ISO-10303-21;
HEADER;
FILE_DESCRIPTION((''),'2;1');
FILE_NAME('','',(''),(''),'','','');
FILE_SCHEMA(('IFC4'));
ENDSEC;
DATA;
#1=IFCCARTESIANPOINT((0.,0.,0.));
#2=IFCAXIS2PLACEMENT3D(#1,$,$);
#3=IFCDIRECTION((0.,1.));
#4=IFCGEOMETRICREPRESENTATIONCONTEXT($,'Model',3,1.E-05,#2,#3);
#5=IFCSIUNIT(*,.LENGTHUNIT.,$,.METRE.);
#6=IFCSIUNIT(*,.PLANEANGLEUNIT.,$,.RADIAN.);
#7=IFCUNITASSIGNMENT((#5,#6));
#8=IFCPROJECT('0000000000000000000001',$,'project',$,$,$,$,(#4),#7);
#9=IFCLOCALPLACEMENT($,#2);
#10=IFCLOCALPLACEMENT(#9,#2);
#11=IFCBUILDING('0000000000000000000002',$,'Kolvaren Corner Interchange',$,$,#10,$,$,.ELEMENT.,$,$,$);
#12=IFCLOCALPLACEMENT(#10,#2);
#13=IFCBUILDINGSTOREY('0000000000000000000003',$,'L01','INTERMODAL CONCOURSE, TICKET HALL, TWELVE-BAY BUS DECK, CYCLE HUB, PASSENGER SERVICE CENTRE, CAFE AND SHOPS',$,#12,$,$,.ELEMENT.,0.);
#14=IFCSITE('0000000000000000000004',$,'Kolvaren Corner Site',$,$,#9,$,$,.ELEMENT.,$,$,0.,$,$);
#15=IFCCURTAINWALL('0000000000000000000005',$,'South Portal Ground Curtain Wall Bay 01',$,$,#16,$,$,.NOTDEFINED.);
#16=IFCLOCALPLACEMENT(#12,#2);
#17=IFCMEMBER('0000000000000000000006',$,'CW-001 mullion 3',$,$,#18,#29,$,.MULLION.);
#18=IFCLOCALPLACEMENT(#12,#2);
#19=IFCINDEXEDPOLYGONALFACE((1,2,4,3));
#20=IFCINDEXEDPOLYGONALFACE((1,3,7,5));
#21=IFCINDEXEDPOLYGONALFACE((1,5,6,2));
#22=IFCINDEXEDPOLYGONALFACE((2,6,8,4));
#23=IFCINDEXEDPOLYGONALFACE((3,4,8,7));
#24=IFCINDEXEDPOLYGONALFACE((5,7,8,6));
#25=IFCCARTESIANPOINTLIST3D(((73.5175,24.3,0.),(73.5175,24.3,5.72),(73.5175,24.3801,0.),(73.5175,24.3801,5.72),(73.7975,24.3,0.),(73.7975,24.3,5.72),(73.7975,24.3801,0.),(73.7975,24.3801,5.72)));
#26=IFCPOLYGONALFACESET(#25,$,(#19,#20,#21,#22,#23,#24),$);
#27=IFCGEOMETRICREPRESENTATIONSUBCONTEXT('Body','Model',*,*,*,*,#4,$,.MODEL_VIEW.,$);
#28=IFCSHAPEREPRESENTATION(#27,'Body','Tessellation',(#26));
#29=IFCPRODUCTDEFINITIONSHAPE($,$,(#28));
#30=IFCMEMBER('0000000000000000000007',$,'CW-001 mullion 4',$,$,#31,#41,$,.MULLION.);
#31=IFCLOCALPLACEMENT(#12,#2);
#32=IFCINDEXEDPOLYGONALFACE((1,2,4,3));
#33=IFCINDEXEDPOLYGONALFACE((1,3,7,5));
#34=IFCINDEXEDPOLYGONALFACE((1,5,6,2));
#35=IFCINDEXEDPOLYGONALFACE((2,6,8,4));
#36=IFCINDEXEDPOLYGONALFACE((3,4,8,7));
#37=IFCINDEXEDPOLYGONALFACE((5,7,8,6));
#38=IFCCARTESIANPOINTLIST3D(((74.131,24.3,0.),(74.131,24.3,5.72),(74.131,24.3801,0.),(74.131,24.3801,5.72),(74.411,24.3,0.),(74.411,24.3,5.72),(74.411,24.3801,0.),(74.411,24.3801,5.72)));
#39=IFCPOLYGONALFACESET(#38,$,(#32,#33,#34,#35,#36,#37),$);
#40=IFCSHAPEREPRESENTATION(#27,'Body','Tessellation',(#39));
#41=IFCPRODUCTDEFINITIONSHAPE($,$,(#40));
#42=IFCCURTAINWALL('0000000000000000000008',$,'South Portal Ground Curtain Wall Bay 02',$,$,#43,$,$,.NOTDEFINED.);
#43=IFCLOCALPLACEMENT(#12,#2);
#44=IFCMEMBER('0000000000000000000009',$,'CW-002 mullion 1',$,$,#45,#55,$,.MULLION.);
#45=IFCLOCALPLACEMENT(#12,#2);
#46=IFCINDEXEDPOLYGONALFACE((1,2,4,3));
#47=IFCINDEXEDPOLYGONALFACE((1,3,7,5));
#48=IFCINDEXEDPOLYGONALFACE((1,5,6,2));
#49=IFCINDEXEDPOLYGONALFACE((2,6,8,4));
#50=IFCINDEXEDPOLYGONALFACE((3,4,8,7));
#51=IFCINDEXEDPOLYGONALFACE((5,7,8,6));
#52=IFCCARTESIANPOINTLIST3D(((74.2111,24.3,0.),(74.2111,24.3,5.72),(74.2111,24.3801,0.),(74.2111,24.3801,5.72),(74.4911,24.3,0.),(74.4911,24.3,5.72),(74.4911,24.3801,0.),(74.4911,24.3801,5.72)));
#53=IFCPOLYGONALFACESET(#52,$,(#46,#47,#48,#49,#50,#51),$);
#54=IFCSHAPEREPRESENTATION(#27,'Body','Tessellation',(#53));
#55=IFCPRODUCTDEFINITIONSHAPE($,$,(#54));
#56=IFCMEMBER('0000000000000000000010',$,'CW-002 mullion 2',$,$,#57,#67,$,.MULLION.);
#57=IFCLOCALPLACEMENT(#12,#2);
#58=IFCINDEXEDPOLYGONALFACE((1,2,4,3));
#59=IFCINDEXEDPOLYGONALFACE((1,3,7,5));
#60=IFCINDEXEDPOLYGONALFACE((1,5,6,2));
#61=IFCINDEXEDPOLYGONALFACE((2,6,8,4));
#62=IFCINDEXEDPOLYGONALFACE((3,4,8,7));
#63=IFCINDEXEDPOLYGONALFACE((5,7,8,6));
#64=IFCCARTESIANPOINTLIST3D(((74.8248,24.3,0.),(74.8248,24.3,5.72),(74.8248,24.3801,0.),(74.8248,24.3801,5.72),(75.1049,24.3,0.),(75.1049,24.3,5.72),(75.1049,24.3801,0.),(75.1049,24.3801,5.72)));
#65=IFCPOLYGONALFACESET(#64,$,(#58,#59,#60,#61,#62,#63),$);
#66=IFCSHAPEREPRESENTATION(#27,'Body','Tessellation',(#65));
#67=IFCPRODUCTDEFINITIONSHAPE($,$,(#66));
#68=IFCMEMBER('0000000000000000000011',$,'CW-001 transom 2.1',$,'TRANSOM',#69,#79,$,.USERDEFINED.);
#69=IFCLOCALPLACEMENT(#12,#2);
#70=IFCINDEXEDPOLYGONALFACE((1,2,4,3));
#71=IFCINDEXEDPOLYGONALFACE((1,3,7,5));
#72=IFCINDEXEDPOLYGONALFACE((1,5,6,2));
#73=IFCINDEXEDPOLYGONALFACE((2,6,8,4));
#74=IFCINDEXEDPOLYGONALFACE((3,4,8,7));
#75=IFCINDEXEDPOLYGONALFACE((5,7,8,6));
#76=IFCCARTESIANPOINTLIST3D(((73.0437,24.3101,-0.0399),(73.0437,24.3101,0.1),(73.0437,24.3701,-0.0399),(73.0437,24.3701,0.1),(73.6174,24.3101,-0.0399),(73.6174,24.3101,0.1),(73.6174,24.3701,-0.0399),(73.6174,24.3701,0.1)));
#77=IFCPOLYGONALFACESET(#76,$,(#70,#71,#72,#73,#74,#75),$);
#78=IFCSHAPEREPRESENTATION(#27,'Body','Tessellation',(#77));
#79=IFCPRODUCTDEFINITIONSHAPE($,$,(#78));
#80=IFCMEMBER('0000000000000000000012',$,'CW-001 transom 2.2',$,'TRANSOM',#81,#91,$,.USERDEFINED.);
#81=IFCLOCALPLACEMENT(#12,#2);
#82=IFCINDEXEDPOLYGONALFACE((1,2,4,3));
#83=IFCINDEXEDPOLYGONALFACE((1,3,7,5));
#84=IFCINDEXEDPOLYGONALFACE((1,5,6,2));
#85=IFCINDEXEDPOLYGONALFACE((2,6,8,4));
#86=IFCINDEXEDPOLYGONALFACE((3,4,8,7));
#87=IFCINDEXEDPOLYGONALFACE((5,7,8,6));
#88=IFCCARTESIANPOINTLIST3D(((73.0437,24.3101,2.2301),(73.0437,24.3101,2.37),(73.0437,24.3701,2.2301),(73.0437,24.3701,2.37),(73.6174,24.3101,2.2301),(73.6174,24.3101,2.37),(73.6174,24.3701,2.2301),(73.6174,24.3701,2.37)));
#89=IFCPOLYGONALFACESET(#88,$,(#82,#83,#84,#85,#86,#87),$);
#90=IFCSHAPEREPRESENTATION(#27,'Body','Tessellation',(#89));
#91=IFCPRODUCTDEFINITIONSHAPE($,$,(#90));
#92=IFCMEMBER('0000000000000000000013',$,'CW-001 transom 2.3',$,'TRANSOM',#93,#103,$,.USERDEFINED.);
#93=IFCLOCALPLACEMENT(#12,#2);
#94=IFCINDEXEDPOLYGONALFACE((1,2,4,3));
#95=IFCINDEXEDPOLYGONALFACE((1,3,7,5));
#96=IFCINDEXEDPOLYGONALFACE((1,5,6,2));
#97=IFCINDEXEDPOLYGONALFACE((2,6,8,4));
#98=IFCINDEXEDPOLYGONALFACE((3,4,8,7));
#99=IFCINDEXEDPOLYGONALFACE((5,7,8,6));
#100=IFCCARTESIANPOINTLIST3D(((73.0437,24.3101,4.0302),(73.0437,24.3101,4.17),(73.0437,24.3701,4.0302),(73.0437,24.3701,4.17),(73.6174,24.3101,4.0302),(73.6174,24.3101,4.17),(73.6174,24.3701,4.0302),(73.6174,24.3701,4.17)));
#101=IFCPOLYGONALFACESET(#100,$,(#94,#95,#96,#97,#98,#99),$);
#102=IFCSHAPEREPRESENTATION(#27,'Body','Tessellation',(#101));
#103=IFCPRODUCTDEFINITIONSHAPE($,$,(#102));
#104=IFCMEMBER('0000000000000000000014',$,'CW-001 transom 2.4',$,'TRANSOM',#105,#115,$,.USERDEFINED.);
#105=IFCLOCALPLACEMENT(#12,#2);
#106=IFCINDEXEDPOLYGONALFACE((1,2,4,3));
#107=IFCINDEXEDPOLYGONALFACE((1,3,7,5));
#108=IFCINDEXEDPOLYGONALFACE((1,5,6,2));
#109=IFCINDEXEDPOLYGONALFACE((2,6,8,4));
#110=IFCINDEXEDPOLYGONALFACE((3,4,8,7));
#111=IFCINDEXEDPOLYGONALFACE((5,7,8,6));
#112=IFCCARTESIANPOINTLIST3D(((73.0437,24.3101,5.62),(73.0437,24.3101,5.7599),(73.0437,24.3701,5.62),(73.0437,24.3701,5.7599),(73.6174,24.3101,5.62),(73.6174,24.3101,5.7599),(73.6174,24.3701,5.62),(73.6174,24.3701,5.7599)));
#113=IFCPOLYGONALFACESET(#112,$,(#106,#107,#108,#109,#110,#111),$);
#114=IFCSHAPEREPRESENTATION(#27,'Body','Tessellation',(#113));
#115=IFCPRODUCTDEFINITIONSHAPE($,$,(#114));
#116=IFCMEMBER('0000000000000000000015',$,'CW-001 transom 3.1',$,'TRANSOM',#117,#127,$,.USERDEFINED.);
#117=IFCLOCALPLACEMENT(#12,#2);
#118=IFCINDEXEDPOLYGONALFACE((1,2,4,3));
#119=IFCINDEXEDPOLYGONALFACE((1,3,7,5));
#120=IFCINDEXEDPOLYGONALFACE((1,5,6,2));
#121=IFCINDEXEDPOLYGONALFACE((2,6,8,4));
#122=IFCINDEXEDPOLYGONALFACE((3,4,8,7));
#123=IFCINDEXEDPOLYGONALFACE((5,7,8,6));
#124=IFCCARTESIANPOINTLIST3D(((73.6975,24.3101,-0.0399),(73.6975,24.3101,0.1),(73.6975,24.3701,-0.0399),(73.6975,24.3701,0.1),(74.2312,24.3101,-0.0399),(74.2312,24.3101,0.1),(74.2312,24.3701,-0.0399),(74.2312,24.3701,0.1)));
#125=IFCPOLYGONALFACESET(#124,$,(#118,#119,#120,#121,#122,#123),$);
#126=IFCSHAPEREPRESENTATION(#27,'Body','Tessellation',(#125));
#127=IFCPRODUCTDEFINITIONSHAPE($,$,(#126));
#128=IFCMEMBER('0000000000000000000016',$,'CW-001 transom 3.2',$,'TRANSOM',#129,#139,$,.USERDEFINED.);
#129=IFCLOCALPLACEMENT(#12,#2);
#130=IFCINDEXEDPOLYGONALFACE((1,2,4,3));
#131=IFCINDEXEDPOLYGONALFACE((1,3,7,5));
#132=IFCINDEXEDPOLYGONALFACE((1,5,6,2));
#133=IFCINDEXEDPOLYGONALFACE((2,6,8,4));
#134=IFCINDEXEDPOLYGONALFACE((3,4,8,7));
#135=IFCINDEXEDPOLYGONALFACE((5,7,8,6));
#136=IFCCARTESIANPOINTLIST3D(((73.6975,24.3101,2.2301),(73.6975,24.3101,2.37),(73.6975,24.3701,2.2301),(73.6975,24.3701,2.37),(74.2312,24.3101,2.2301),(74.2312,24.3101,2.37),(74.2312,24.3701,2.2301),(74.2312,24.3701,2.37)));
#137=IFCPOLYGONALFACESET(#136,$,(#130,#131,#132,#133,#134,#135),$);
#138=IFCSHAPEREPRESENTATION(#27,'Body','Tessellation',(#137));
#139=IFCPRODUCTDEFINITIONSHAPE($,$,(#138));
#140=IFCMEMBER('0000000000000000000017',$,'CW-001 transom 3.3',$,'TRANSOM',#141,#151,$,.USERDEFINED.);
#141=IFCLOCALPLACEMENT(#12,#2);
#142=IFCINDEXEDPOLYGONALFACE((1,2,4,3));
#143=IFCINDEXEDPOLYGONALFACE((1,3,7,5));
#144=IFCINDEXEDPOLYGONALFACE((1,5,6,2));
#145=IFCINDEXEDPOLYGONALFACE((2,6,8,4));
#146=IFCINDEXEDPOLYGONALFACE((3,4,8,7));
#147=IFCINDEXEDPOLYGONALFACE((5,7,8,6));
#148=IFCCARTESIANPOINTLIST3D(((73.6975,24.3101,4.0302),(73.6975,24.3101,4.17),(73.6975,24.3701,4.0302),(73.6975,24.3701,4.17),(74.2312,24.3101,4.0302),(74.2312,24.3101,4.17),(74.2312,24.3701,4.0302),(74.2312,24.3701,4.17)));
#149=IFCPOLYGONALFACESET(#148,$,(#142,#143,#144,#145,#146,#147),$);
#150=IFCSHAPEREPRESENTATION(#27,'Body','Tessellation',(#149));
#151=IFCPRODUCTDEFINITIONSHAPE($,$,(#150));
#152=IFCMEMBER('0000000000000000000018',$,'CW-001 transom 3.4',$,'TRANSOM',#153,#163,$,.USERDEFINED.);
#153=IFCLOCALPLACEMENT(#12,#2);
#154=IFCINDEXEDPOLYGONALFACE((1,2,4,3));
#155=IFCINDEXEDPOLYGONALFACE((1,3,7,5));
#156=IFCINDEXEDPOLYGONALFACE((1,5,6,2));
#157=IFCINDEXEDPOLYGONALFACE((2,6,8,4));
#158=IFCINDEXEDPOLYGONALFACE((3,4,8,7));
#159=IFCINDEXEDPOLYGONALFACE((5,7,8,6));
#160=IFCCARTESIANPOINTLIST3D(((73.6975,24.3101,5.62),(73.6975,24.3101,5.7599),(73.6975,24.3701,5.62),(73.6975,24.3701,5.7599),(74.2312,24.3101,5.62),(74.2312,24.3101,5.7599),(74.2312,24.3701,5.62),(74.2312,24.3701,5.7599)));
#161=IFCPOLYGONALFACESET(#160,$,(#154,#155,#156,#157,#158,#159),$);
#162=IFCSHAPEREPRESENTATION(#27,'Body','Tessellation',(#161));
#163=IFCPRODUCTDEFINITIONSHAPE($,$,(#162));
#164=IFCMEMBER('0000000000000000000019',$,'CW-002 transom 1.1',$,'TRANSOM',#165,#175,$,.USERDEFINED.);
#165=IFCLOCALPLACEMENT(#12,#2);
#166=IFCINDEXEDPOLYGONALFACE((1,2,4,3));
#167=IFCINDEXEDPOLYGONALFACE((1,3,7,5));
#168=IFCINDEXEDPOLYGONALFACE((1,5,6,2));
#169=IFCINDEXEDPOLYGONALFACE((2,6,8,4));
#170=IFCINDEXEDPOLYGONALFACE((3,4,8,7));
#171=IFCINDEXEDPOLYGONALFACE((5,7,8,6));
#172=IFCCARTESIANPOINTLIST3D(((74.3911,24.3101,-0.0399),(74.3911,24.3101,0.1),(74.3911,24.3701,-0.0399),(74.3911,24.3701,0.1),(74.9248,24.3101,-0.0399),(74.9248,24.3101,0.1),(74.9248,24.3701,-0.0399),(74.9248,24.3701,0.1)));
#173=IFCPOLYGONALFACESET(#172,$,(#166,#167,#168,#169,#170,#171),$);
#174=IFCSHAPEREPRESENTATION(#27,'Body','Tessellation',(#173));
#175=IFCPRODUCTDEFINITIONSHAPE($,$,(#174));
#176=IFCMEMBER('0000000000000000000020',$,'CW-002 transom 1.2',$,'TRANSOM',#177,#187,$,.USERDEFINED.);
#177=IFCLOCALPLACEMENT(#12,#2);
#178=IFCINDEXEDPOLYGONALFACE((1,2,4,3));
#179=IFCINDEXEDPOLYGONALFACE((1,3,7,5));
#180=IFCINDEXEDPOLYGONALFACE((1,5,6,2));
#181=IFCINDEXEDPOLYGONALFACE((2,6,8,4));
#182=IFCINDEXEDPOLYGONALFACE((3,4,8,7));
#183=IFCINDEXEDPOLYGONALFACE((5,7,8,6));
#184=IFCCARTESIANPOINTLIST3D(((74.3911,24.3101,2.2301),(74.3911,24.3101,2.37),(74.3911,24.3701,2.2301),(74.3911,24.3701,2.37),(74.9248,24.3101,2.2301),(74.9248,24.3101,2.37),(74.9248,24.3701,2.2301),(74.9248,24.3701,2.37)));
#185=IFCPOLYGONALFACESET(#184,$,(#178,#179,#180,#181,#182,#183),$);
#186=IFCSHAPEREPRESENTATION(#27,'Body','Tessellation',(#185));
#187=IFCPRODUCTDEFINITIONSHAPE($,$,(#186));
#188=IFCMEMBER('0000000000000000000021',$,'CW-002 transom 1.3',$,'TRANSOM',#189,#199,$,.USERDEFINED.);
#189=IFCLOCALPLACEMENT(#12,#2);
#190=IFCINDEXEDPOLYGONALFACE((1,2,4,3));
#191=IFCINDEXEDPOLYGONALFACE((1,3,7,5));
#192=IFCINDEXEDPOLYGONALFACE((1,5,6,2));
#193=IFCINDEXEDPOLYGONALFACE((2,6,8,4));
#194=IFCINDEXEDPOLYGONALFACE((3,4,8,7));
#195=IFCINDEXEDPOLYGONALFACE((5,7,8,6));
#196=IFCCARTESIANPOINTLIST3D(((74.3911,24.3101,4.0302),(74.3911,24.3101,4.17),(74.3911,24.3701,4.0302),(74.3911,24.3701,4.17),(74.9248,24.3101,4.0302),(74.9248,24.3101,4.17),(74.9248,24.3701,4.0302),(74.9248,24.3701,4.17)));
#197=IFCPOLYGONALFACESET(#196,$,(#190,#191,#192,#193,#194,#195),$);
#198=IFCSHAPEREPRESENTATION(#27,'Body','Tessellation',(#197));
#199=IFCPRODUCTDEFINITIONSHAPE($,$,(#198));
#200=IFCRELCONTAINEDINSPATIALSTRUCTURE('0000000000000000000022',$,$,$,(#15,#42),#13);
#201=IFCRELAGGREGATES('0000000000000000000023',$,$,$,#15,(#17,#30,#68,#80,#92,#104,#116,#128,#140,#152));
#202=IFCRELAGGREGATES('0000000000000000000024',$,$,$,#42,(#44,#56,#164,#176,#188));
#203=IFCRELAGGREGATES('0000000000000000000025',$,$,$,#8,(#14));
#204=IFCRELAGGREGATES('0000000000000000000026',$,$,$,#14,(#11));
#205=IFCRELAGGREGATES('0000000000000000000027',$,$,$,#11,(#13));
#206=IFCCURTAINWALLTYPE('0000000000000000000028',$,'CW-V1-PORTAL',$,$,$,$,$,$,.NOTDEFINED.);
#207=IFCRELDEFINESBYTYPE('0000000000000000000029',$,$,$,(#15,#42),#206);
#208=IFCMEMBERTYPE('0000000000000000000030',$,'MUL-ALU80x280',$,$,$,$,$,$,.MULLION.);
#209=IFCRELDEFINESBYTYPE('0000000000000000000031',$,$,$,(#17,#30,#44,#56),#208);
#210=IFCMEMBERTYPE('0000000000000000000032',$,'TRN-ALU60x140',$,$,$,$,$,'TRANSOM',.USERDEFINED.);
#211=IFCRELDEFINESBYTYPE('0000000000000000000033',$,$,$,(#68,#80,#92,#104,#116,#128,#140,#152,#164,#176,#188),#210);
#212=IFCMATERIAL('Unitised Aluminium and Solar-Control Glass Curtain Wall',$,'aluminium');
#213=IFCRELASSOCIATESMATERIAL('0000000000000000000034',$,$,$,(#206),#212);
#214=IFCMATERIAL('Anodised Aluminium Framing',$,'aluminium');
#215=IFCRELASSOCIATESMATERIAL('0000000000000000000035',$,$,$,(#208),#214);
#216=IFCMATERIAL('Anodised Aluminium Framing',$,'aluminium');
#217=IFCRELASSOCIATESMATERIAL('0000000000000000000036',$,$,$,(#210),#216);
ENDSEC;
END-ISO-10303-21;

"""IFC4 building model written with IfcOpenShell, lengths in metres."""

from ifc_helpers import new_model, si_unit, direction, frame, origin, origin_2d, place, context, subcontext, project, spatial, rectangle, extrude, material, material_profile, profile_set, type_object, element, aggregate, save


model = new_model("IFC4")

# Units and contexts
model_context = context("Model", 3, precision=1e-05, world=origin(), true_north=direction((0.0, 1.0)))
body_context = subcontext(model_context, "Body", "Model", "MODEL_VIEW")
ifc_project = project(units=[si_unit("LENGTHUNIT", "METRE"), si_unit("PLANEANGLEUNIT", "RADIAN")], contexts=[model_context])

# Site, building, storey
site_placement = place(None, origin())
site = spatial("IfcSite", under=ifc_project, at=site_placement, Name="Kolvaren Corner Site", CompositionType="ELEMENT", RefElevation=0.0)
building_placement = place(site_placement, origin())
building = spatial("IfcBuilding", under=site, at=building_placement, Name="Kolvaren Corner Interchange", CompositionType="ELEMENT")
storey_placement = place(building_placement, origin())
storey = spatial("IfcBuildingStorey", under=building, at=storey_placement, Name="L01", Description="INTERMODAL CONCOURSE, TICKET HALL, TWELVE-BAY BUS DECK, CYCLE HUB, PASSENGER SERVICE CENTRE, CAFE AND SHOPS", CompositionType="ELEMENT", Elevation=0.0)

# Curtain walls, members
ifc_material_1 = material(Name="Unitised Aluminium and Solar-Control Glass Curtain Wall", Category="aluminium")
curtain_wall_type = type_object("IfcCurtainWallType", Name="CW-V1-PORTAL", PredefinedType="NOTDEFINED", material=ifc_material_1)
curtain_wall_1_placement = place(storey_placement, origin())
curtain_wall_1 = element("IfcCurtainWall", 1, at=curtain_wall_1_placement, inside=storey, type_object=curtain_wall_type, Name="South Portal Ground Curtain Wall Bay 01", PredefinedType="NOTDEFINED")
ifc_material_2 = material(Name="Anodised Aluminium Framing", Category="aluminium")
ifc_material_profile_1 = material_profile(ifc_material_2, rectangle(XDim=0.0801, YDim=0.28, at=origin_2d()), Name="ALU 80x280")
ifc_profile_set_1 = profile_set([ifc_material_profile_1], Name="Anodised Aluminium Framing")
member_type_1 = type_object("IfcMemberType", Name="MUL-ALU80x280", PredefinedType="MULLION", material=ifc_profile_set_1)
member_1_placement = place(storey_placement, frame((73.6575, 24.3401, 0.0), z_axis=(0.0, 0.0, 1.0), x_axis=(0.0, 1.0, 0.0)))
member_1 = element("IfcMember", 2, at=member_1_placement, type_object=member_type_1, Name="CW-001 mullion 3", PredefinedType="MULLION", context=body_context, shape_type="SweptSolid", body=[
    extrude(rectangle(XDim=0.0801, YDim=0.28, at=origin_2d()), origin(), (0.0, 0.0, 1.0), 5.72),
])
member_2_placement = place(storey_placement, frame((74.271, 24.3401, 0.0), z_axis=(0.0, 0.0, 1.0), x_axis=(0.0, 1.0, 0.0)))
member_2 = element("IfcMember", 3, at=member_2_placement, type_object=member_type_1, Name="CW-001 mullion 4", PredefinedType="MULLION", context=body_context, shape_type="SweptSolid", body=[
    extrude(rectangle(XDim=0.0801, YDim=0.28, at=origin_2d()), origin(), (0.0, 0.0, 1.0), 5.72),
])
curtain_wall_2_placement = place(storey_placement, origin())
curtain_wall_2 = element("IfcCurtainWall", 4, at=curtain_wall_2_placement, inside=storey, type_object=curtain_wall_type, Name="South Portal Ground Curtain Wall Bay 02", PredefinedType="NOTDEFINED")
member_3_placement = place(storey_placement, frame((74.3511, 24.3401, 0.0), z_axis=(0.0, 0.0, 1.0), x_axis=(0.0, 1.0, 0.0)))
member_3 = element("IfcMember", 5, at=member_3_placement, type_object=member_type_1, Name="CW-002 mullion 1", PredefinedType="MULLION", context=body_context, shape_type="SweptSolid", body=[
    extrude(rectangle(XDim=0.0801, YDim=0.28, at=origin_2d()), origin(), (0.0, 0.0, 1.0), 5.72),
])
member_4_placement = place(storey_placement, frame((74.9648, 24.3401, 0.0), z_axis=(0.0, 0.0, 1.0), x_axis=(0.0, 1.0, 0.0)))
member_4 = element("IfcMember", 6, at=member_4_placement, type_object=member_type_1, Name="CW-002 mullion 2", PredefinedType="MULLION", context=body_context, shape_type="SweptSolid", body=[
    extrude(rectangle(XDim=0.0801, YDim=0.28, at=origin_2d()), origin(), (0.0, 0.0, 1.0), 5.72),
])

# Members
ifc_material_3 = material(Name="Anodised Aluminium Framing", Category="aluminium")
ifc_material_profile_2 = material_profile(ifc_material_3, rectangle(XDim=0.0601, YDim=0.1399, at=origin_2d()), Name="ALU 60x140")
ifc_profile_set_2 = profile_set([ifc_material_profile_2], Name="Anodised Aluminium Framing")
member_type_2 = type_object("IfcMemberType", Name="TRN-ALU60x140", ElementType="TRANSOM", PredefinedType="USERDEFINED", material=ifc_profile_set_2)
member_5_placement = place(storey_placement, frame((73.0437, 24.3401, 0.03), z_axis=(1.0, 0.0, 0.0), x_axis=(0.0, 1.0, 0.0)))
member_5 = element("IfcMember", 7, at=member_5_placement, type_object=member_type_2, Name="CW-001 transom 2.1", ObjectType="TRANSOM", PredefinedType="USERDEFINED", context=body_context, shape_type="SweptSolid", body=[
    extrude(rectangle(XDim=0.0601, YDim=0.1399, at=origin_2d()), origin(), (0.0, 0.0, 1.0), 0.5737),
])
member_6_placement = place(storey_placement, frame((73.0437, 24.3401, 2.3), z_axis=(1.0, 0.0, 0.0), x_axis=(0.0, 1.0, 0.0)))
member_6 = element("IfcMember", 8, at=member_6_placement, type_object=member_type_2, Name="CW-001 transom 2.2", ObjectType="TRANSOM", PredefinedType="USERDEFINED", context=body_context, shape_type="SweptSolid", body=[
    extrude(rectangle(XDim=0.0601, YDim=0.1399, at=origin_2d()), origin(), (0.0, 0.0, 1.0), 0.5737),
])
member_7_placement = place(storey_placement, frame((73.0437, 24.3401, 4.1001), z_axis=(1.0, 0.0, 0.0), x_axis=(0.0, 1.0, 0.0)))
member_7 = element("IfcMember", 9, at=member_7_placement, type_object=member_type_2, Name="CW-001 transom 2.3", ObjectType="TRANSOM", PredefinedType="USERDEFINED", context=body_context, shape_type="SweptSolid", body=[
    extrude(rectangle(XDim=0.0601, YDim=0.1399, at=origin_2d()), origin(), (0.0, 0.0, 1.0), 0.5737),
])
member_8_placement = place(storey_placement, frame((73.0437, 24.3401, 5.6899), z_axis=(1.0, 0.0, 0.0), x_axis=(0.0, 1.0, 0.0)))
member_8 = element("IfcMember", 10, at=member_8_placement, type_object=member_type_2, Name="CW-001 transom 2.4", ObjectType="TRANSOM", PredefinedType="USERDEFINED", context=body_context, shape_type="SweptSolid", body=[
    extrude(rectangle(XDim=0.0601, YDim=0.1399, at=origin_2d()), origin(), (0.0, 0.0, 1.0), 0.5737),
])
member_9_placement = place(storey_placement, frame((73.6975, 24.3401, 0.03), z_axis=(1.0, 0.0, 0.0), x_axis=(0.0, 1.0, 0.0)))
member_9 = element("IfcMember", 11, at=member_9_placement, type_object=member_type_2, Name="CW-001 transom 3.1", ObjectType="TRANSOM", PredefinedType="USERDEFINED", context=body_context, shape_type="SweptSolid", body=[
    extrude(rectangle(XDim=0.0601, YDim=0.1399, at=origin_2d()), origin(), (0.0, 0.0, 1.0), 0.5337),
])
member_10_placement = place(storey_placement, frame((73.6975, 24.3401, 2.3), z_axis=(1.0, 0.0, 0.0), x_axis=(0.0, 1.0, 0.0)))
member_10 = element("IfcMember", 12, at=member_10_placement, type_object=member_type_2, Name="CW-001 transom 3.2", ObjectType="TRANSOM", PredefinedType="USERDEFINED", context=body_context, shape_type="SweptSolid", body=[
    extrude(rectangle(XDim=0.0601, YDim=0.1399, at=origin_2d()), origin(), (0.0, 0.0, 1.0), 0.5337),
])
member_11_placement = place(storey_placement, frame((73.6975, 24.3401, 4.1001), z_axis=(1.0, 0.0, 0.0), x_axis=(0.0, 1.0, 0.0)))
member_11 = element("IfcMember", 13, at=member_11_placement, type_object=member_type_2, Name="CW-001 transom 3.3", ObjectType="TRANSOM", PredefinedType="USERDEFINED", context=body_context, shape_type="SweptSolid", body=[
    extrude(rectangle(XDim=0.0601, YDim=0.1399, at=origin_2d()), origin(), (0.0, 0.0, 1.0), 0.5337),
])
member_12_placement = place(storey_placement, frame((73.6975, 24.3401, 5.6899), z_axis=(1.0, 0.0, 0.0), x_axis=(0.0, 1.0, 0.0)))
member_12 = element("IfcMember", 14, at=member_12_placement, type_object=member_type_2, Name="CW-001 transom 3.4", ObjectType="TRANSOM", PredefinedType="USERDEFINED", context=body_context, shape_type="SweptSolid", body=[
    extrude(rectangle(XDim=0.0601, YDim=0.1399, at=origin_2d()), origin(), (0.0, 0.0, 1.0), 0.5337),
])
member_13_placement = place(storey_placement, frame((74.3911, 24.3401, 0.03), z_axis=(1.0, 0.0, 0.0), x_axis=(0.0, 1.0, 0.0)))
member_13 = element("IfcMember", 15, at=member_13_placement, type_object=member_type_2, Name="CW-002 transom 1.1", ObjectType="TRANSOM", PredefinedType="USERDEFINED", context=body_context, shape_type="SweptSolid", body=[
    extrude(rectangle(XDim=0.0601, YDim=0.1399, at=origin_2d()), origin(), (0.0, 0.0, 1.0), 0.5337),
])
member_14_placement = place(storey_placement, frame((74.3911, 24.3401, 2.3), z_axis=(1.0, 0.0, 0.0), x_axis=(0.0, 1.0, 0.0)))
member_14 = element("IfcMember", 16, at=member_14_placement, type_object=member_type_2, Name="CW-002 transom 1.2", ObjectType="TRANSOM", PredefinedType="USERDEFINED", context=body_context, shape_type="SweptSolid", body=[
    extrude(rectangle(XDim=0.0601, YDim=0.1399, at=origin_2d()), origin(), (0.0, 0.0, 1.0), 0.5337),
])
member_15_placement = place(storey_placement, frame((74.3911, 24.3401, 4.1001), z_axis=(1.0, 0.0, 0.0), x_axis=(0.0, 1.0, 0.0)))
member_15 = element("IfcMember", 17, at=member_15_placement, type_object=member_type_2, Name="CW-002 transom 1.3", ObjectType="TRANSOM", PredefinedType="USERDEFINED", context=body_context, shape_type="SweptSolid", body=[
    extrude(rectangle(XDim=0.0601, YDim=0.1399, at=origin_2d()), origin(), (0.0, 0.0, 1.0), 0.5337),
])

aggregate(curtain_wall_1, [member_1, member_2, member_5, member_6, member_7, member_8, member_9, member_10, member_11, member_12])
aggregate(curtain_wall_2, [member_3, member_4, member_13, member_14, member_15])

save(model, "model.ifc")
